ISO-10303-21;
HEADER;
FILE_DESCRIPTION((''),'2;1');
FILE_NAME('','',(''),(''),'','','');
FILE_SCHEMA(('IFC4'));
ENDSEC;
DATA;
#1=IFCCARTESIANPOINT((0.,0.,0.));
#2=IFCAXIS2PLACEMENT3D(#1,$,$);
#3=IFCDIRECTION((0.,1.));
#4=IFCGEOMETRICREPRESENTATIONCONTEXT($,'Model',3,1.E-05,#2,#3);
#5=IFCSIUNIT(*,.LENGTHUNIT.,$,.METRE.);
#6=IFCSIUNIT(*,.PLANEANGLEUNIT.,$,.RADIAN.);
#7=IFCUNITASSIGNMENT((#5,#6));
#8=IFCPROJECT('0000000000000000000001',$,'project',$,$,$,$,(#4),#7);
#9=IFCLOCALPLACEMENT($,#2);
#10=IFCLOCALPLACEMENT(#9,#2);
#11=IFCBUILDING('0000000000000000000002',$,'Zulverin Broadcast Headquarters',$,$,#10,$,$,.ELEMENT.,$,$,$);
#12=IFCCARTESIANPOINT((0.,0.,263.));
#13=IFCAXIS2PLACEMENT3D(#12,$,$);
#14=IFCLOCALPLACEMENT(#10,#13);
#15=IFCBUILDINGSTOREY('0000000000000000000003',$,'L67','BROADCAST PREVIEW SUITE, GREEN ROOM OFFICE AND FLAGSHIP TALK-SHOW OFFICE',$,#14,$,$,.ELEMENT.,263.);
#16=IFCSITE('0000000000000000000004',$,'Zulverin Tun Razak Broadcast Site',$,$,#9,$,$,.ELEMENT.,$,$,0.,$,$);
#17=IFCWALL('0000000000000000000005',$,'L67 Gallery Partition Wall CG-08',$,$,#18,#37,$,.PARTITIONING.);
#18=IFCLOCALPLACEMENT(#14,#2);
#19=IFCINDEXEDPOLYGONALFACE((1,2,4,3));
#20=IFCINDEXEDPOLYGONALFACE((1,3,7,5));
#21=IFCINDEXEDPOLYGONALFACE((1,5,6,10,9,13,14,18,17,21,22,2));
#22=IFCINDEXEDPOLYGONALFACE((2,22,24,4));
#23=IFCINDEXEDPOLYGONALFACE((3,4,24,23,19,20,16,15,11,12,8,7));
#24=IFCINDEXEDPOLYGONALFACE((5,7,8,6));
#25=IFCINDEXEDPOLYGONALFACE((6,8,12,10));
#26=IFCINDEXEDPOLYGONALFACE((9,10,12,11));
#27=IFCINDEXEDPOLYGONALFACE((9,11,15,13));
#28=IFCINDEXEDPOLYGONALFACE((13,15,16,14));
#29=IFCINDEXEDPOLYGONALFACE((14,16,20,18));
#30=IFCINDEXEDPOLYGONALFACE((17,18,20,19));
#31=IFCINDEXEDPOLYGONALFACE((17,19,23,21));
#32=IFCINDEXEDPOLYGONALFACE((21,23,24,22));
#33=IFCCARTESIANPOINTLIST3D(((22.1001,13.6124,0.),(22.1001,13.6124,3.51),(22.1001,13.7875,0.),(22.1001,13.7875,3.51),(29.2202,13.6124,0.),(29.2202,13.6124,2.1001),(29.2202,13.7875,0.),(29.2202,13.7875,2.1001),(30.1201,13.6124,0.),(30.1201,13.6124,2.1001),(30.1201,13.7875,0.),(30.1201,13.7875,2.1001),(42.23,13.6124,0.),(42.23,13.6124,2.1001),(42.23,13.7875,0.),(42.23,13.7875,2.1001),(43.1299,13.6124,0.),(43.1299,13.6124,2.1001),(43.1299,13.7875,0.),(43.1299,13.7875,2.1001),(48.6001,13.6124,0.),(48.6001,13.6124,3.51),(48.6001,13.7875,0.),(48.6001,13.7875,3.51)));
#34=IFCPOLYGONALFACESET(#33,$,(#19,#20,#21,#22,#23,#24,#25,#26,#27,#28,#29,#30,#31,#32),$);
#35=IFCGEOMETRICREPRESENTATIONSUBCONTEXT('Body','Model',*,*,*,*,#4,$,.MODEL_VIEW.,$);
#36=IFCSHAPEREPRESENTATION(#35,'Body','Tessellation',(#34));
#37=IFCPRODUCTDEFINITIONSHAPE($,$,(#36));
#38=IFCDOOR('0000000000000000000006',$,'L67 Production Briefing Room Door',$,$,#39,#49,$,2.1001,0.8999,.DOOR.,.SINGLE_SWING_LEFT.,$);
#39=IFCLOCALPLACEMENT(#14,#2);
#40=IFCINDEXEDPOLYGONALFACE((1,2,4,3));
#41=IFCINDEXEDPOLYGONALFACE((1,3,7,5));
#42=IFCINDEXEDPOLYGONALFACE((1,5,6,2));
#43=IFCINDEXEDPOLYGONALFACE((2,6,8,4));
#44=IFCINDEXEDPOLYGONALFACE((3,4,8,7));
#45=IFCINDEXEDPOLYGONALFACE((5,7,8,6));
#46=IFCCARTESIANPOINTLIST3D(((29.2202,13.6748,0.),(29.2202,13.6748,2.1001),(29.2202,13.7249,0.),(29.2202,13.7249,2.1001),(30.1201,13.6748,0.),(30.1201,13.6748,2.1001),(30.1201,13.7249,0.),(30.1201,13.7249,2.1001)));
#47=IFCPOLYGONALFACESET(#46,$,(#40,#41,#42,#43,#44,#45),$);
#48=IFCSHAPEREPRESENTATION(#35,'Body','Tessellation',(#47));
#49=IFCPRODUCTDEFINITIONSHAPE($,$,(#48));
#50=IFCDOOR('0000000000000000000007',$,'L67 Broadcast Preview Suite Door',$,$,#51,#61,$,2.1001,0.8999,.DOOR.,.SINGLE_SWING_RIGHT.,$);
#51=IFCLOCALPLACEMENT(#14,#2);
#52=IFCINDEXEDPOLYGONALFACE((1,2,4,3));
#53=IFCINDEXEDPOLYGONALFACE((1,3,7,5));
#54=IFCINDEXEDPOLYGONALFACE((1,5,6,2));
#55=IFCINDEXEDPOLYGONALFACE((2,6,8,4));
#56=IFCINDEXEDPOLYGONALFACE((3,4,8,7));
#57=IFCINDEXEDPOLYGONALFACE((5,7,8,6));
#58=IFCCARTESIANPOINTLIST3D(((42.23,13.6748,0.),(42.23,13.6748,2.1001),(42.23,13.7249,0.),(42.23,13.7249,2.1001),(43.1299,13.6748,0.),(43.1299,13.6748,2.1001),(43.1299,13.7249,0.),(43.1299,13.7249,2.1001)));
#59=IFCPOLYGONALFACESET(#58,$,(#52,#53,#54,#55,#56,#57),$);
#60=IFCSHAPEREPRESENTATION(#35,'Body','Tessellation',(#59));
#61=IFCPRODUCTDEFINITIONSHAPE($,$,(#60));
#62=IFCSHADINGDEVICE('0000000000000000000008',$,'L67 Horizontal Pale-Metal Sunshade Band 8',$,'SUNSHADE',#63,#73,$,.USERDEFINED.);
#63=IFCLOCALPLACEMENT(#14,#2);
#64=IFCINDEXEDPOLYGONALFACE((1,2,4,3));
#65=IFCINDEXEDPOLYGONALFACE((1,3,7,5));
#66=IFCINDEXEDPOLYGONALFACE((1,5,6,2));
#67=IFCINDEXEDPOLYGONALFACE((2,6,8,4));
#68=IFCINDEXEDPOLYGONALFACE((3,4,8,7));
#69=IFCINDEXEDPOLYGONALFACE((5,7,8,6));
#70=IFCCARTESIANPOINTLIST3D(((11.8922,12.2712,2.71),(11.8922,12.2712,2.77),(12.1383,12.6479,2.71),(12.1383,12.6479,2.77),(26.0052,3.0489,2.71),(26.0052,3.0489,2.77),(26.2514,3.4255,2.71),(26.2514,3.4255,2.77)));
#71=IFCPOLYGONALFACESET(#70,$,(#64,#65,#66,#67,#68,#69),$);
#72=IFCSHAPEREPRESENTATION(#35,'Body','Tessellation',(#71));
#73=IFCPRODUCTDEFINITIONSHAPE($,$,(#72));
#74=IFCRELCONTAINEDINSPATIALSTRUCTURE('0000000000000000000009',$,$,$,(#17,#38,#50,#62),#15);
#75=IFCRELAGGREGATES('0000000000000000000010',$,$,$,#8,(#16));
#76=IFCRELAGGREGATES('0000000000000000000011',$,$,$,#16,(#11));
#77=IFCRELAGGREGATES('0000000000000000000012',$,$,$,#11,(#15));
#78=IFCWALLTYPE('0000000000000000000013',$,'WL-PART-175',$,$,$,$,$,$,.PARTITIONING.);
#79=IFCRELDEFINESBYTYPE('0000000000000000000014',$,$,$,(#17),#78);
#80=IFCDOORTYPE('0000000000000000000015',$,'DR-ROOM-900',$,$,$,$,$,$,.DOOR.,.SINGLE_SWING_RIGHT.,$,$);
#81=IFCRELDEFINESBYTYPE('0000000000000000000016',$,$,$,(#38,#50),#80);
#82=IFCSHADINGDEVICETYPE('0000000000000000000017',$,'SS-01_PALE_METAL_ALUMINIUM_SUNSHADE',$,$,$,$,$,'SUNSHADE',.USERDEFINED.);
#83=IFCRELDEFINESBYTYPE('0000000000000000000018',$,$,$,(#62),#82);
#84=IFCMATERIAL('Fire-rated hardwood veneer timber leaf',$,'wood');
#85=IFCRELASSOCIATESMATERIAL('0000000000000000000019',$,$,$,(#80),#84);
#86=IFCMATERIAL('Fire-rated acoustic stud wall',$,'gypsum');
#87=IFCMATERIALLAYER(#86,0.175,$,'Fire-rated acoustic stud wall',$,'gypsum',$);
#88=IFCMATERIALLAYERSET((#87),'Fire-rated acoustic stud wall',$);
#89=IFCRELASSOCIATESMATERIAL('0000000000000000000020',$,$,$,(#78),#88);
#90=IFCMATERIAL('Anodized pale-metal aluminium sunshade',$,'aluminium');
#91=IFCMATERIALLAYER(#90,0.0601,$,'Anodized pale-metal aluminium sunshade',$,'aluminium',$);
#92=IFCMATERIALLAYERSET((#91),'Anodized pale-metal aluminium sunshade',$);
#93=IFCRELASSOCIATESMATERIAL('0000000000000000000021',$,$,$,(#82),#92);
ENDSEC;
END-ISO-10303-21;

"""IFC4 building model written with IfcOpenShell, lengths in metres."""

from ifc_helpers import new_model, si_unit, direction, frame, frame_2d, origin, origin_2d, place, context, subcontext, project, spatial, rectangle, extrude, material, layer, layer_set, type_object, element, fill, save


model = new_model("IFC4")

# Units and contexts
model_context = context("Model", 3, precision=1e-05, world=origin(), true_north=direction((0.0, 1.0)))
body_context = subcontext(model_context, "Body", "Model", "MODEL_VIEW")
ifc_project = project(units=[si_unit("LENGTHUNIT", "METRE"), si_unit("PLANEANGLEUNIT", "RADIAN")], contexts=[model_context])

# Site, building, storey
site_placement = place(None, origin())
site = spatial("IfcSite", under=ifc_project, at=site_placement, Name="Zulverin Tun Razak Broadcast Site", CompositionType="ELEMENT", RefElevation=0.0)
building_placement = place(site_placement, origin())
building = spatial("IfcBuilding", under=site, at=building_placement, Name="Zulverin Broadcast Headquarters", CompositionType="ELEMENT")
storey_placement = place(building_placement, frame((0.0, 0.0, 263.0)))
storey = spatial("IfcBuildingStorey", under=building, at=storey_placement, Name="L67", Description="BROADCAST PREVIEW SUITE, GREEN ROOM OFFICE AND FLAGSHIP TALK-SHOW OFFICE", CompositionType="ELEMENT", Elevation=263.0)

# Wall, openings, doors
ifc_material_1 = material(Name="Fire-rated hardwood veneer timber leaf", Category="wood")
door_type_1 = type_object("IfcDoorType", Name="DR-ROOM-900", OperationType="SINGLE_SWING_RIGHT", PredefinedType="DOOR", material=ifc_material_1)
ifc_material_2 = material(Name="Fire-rated acoustic stud wall", Category="gypsum")
ifc_layer_1 = layer(ifc_material_2, 0.175, Name="Fire-rated acoustic stud wall", Category="gypsum")
ifc_layer_set_1 = layer_set([ifc_layer_1], Name="Fire-rated acoustic stud wall")
wall_type_1 = type_object("IfcWallType", Name="WL-PART-175", PredefinedType="PARTITIONING", material=ifc_layer_set_1)
wall_1_placement = place(storey_placement, frame((22.1001, 13.7, 0.0), z_axis=(0.0, 0.0, 1.0), x_axis=(1.0, 0.0, 0.0)))
wall_1 = element("IfcWall", 1, at=wall_1_placement, inside=storey, type_object=wall_type_1, Name="L67 Gallery Partition Wall CG-08", PredefinedType="PARTITIONING", context=body_context, shape_type="SweptSolid", body=[
    extrude(rectangle(XDim=26.5, YDim=0.175, at=frame_2d((13.25, 0.0))), origin(), (0.0, 0.0, 1.0), 3.51),
])
opening_1_placement = place(wall_1_placement, frame((7.1201, 0.0, 0.0)))
opening_1 = element("IfcOpeningElement", 2, at=opening_1_placement, cuts=wall_1, PredefinedType="OPENING", context=body_context, shape_type="SweptSolid", body=[
    extrude(rectangle(XDim=0.8999, YDim=2.1001, at=frame_2d((0.45, 1.05))), frame((0.0, 0.0974, 0.0), z_axis=(0.0, -1.0, 0.0), x_axis=(1.0, 0.0, 0.0)), (0.0, 0.0, 1.0), 0.1951),
])
opening_2_placement = place(wall_1_placement, frame((20.1299, 0.0, 0.0)))
opening_2 = element("IfcOpeningElement", 3, at=opening_2_placement, cuts=wall_1, PredefinedType="OPENING", context=body_context, shape_type="SweptSolid", body=[
    extrude(rectangle(XDim=0.8999, YDim=2.1001, at=frame_2d((0.45, 1.05))), frame((0.0, 0.0974, 0.0), z_axis=(0.0, -1.0, 0.0), x_axis=(1.0, 0.0, 0.0)), (0.0, 0.0, 1.0), 0.1951),
])
door_1_placement = place(opening_1_placement, origin())
door_1 = element("IfcDoor", 4, at=door_1_placement, inside=storey, type_object=door_type_1, Name="L67 Production Briefing Room Door", OperationType="SINGLE_SWING_LEFT", OverallHeight=2.1001, OverallWidth=0.8999, PredefinedType="DOOR", context=body_context, shape_type="SweptSolid", body=[
    extrude(rectangle(XDim=0.8999, YDim=2.1001, at=frame_2d((0.45, 1.05))), frame((0.0, 0.0249, 0.0), z_axis=(0.0, -1.0, 0.0), x_axis=(1.0, 0.0, 0.0)), (0.0, 0.0, 1.0), 0.05),
])
fill(opening_1, door_1)
door_2_placement = place(opening_2_placement, origin())
door_2 = element("IfcDoor", 5, at=door_2_placement, inside=storey, type_object=door_type_1, Name="L67 Broadcast Preview Suite Door", OperationType="SINGLE_SWING_RIGHT", OverallHeight=2.1001, OverallWidth=0.8999, PredefinedType="DOOR", context=body_context, shape_type="SweptSolid", body=[
    extrude(rectangle(XDim=0.8999, YDim=2.1001, at=frame_2d((0.45, 1.05))), frame((0.0, 0.0249, 0.0), z_axis=(0.0, -1.0, 0.0), x_axis=(1.0, 0.0, 0.0)), (0.0, 0.0, 1.0), 0.05),
])
fill(opening_2, door_2)

# Shading device
ifc_material_3 = material(Name="Anodized pale-metal aluminium sunshade", Category="aluminium")
ifc_layer_2 = layer(ifc_material_3, 0.0601, Name="Anodized pale-metal aluminium sunshade", Category="aluminium")
ifc_layer_set_2 = layer_set([ifc_layer_2], Name="Anodized pale-metal aluminium sunshade")
shading_device_type = type_object("IfcShadingDeviceType", Name="SS-01_PALE_METAL_ALUMINIUM_SUNSHADE", ElementType="SUNSHADE", PredefinedType="USERDEFINED", material=ifc_layer_set_2)
shading_device_placement = place(storey_placement, frame((19.0718, 7.8484, 2.71), z_axis=(0.0, 0.0, 1.0), x_axis=(0.837116, -0.547026, 0.0)))
element("IfcShadingDevice", 6, at=shading_device_placement, inside=storey, type_object=shading_device_type, Name="L67 Horizontal Pale-Metal Sunshade Band 8", ObjectType="SUNSHADE", PredefinedType="USERDEFINED", context=body_context, shape_type="SweptSolid", body=[
    extrude(rectangle(XDim=16.8591, YDim=0.45, at=origin_2d()), origin(), (0.0, 0.0, 1.0), 0.0601),
])

save(model, "model.ifc")
